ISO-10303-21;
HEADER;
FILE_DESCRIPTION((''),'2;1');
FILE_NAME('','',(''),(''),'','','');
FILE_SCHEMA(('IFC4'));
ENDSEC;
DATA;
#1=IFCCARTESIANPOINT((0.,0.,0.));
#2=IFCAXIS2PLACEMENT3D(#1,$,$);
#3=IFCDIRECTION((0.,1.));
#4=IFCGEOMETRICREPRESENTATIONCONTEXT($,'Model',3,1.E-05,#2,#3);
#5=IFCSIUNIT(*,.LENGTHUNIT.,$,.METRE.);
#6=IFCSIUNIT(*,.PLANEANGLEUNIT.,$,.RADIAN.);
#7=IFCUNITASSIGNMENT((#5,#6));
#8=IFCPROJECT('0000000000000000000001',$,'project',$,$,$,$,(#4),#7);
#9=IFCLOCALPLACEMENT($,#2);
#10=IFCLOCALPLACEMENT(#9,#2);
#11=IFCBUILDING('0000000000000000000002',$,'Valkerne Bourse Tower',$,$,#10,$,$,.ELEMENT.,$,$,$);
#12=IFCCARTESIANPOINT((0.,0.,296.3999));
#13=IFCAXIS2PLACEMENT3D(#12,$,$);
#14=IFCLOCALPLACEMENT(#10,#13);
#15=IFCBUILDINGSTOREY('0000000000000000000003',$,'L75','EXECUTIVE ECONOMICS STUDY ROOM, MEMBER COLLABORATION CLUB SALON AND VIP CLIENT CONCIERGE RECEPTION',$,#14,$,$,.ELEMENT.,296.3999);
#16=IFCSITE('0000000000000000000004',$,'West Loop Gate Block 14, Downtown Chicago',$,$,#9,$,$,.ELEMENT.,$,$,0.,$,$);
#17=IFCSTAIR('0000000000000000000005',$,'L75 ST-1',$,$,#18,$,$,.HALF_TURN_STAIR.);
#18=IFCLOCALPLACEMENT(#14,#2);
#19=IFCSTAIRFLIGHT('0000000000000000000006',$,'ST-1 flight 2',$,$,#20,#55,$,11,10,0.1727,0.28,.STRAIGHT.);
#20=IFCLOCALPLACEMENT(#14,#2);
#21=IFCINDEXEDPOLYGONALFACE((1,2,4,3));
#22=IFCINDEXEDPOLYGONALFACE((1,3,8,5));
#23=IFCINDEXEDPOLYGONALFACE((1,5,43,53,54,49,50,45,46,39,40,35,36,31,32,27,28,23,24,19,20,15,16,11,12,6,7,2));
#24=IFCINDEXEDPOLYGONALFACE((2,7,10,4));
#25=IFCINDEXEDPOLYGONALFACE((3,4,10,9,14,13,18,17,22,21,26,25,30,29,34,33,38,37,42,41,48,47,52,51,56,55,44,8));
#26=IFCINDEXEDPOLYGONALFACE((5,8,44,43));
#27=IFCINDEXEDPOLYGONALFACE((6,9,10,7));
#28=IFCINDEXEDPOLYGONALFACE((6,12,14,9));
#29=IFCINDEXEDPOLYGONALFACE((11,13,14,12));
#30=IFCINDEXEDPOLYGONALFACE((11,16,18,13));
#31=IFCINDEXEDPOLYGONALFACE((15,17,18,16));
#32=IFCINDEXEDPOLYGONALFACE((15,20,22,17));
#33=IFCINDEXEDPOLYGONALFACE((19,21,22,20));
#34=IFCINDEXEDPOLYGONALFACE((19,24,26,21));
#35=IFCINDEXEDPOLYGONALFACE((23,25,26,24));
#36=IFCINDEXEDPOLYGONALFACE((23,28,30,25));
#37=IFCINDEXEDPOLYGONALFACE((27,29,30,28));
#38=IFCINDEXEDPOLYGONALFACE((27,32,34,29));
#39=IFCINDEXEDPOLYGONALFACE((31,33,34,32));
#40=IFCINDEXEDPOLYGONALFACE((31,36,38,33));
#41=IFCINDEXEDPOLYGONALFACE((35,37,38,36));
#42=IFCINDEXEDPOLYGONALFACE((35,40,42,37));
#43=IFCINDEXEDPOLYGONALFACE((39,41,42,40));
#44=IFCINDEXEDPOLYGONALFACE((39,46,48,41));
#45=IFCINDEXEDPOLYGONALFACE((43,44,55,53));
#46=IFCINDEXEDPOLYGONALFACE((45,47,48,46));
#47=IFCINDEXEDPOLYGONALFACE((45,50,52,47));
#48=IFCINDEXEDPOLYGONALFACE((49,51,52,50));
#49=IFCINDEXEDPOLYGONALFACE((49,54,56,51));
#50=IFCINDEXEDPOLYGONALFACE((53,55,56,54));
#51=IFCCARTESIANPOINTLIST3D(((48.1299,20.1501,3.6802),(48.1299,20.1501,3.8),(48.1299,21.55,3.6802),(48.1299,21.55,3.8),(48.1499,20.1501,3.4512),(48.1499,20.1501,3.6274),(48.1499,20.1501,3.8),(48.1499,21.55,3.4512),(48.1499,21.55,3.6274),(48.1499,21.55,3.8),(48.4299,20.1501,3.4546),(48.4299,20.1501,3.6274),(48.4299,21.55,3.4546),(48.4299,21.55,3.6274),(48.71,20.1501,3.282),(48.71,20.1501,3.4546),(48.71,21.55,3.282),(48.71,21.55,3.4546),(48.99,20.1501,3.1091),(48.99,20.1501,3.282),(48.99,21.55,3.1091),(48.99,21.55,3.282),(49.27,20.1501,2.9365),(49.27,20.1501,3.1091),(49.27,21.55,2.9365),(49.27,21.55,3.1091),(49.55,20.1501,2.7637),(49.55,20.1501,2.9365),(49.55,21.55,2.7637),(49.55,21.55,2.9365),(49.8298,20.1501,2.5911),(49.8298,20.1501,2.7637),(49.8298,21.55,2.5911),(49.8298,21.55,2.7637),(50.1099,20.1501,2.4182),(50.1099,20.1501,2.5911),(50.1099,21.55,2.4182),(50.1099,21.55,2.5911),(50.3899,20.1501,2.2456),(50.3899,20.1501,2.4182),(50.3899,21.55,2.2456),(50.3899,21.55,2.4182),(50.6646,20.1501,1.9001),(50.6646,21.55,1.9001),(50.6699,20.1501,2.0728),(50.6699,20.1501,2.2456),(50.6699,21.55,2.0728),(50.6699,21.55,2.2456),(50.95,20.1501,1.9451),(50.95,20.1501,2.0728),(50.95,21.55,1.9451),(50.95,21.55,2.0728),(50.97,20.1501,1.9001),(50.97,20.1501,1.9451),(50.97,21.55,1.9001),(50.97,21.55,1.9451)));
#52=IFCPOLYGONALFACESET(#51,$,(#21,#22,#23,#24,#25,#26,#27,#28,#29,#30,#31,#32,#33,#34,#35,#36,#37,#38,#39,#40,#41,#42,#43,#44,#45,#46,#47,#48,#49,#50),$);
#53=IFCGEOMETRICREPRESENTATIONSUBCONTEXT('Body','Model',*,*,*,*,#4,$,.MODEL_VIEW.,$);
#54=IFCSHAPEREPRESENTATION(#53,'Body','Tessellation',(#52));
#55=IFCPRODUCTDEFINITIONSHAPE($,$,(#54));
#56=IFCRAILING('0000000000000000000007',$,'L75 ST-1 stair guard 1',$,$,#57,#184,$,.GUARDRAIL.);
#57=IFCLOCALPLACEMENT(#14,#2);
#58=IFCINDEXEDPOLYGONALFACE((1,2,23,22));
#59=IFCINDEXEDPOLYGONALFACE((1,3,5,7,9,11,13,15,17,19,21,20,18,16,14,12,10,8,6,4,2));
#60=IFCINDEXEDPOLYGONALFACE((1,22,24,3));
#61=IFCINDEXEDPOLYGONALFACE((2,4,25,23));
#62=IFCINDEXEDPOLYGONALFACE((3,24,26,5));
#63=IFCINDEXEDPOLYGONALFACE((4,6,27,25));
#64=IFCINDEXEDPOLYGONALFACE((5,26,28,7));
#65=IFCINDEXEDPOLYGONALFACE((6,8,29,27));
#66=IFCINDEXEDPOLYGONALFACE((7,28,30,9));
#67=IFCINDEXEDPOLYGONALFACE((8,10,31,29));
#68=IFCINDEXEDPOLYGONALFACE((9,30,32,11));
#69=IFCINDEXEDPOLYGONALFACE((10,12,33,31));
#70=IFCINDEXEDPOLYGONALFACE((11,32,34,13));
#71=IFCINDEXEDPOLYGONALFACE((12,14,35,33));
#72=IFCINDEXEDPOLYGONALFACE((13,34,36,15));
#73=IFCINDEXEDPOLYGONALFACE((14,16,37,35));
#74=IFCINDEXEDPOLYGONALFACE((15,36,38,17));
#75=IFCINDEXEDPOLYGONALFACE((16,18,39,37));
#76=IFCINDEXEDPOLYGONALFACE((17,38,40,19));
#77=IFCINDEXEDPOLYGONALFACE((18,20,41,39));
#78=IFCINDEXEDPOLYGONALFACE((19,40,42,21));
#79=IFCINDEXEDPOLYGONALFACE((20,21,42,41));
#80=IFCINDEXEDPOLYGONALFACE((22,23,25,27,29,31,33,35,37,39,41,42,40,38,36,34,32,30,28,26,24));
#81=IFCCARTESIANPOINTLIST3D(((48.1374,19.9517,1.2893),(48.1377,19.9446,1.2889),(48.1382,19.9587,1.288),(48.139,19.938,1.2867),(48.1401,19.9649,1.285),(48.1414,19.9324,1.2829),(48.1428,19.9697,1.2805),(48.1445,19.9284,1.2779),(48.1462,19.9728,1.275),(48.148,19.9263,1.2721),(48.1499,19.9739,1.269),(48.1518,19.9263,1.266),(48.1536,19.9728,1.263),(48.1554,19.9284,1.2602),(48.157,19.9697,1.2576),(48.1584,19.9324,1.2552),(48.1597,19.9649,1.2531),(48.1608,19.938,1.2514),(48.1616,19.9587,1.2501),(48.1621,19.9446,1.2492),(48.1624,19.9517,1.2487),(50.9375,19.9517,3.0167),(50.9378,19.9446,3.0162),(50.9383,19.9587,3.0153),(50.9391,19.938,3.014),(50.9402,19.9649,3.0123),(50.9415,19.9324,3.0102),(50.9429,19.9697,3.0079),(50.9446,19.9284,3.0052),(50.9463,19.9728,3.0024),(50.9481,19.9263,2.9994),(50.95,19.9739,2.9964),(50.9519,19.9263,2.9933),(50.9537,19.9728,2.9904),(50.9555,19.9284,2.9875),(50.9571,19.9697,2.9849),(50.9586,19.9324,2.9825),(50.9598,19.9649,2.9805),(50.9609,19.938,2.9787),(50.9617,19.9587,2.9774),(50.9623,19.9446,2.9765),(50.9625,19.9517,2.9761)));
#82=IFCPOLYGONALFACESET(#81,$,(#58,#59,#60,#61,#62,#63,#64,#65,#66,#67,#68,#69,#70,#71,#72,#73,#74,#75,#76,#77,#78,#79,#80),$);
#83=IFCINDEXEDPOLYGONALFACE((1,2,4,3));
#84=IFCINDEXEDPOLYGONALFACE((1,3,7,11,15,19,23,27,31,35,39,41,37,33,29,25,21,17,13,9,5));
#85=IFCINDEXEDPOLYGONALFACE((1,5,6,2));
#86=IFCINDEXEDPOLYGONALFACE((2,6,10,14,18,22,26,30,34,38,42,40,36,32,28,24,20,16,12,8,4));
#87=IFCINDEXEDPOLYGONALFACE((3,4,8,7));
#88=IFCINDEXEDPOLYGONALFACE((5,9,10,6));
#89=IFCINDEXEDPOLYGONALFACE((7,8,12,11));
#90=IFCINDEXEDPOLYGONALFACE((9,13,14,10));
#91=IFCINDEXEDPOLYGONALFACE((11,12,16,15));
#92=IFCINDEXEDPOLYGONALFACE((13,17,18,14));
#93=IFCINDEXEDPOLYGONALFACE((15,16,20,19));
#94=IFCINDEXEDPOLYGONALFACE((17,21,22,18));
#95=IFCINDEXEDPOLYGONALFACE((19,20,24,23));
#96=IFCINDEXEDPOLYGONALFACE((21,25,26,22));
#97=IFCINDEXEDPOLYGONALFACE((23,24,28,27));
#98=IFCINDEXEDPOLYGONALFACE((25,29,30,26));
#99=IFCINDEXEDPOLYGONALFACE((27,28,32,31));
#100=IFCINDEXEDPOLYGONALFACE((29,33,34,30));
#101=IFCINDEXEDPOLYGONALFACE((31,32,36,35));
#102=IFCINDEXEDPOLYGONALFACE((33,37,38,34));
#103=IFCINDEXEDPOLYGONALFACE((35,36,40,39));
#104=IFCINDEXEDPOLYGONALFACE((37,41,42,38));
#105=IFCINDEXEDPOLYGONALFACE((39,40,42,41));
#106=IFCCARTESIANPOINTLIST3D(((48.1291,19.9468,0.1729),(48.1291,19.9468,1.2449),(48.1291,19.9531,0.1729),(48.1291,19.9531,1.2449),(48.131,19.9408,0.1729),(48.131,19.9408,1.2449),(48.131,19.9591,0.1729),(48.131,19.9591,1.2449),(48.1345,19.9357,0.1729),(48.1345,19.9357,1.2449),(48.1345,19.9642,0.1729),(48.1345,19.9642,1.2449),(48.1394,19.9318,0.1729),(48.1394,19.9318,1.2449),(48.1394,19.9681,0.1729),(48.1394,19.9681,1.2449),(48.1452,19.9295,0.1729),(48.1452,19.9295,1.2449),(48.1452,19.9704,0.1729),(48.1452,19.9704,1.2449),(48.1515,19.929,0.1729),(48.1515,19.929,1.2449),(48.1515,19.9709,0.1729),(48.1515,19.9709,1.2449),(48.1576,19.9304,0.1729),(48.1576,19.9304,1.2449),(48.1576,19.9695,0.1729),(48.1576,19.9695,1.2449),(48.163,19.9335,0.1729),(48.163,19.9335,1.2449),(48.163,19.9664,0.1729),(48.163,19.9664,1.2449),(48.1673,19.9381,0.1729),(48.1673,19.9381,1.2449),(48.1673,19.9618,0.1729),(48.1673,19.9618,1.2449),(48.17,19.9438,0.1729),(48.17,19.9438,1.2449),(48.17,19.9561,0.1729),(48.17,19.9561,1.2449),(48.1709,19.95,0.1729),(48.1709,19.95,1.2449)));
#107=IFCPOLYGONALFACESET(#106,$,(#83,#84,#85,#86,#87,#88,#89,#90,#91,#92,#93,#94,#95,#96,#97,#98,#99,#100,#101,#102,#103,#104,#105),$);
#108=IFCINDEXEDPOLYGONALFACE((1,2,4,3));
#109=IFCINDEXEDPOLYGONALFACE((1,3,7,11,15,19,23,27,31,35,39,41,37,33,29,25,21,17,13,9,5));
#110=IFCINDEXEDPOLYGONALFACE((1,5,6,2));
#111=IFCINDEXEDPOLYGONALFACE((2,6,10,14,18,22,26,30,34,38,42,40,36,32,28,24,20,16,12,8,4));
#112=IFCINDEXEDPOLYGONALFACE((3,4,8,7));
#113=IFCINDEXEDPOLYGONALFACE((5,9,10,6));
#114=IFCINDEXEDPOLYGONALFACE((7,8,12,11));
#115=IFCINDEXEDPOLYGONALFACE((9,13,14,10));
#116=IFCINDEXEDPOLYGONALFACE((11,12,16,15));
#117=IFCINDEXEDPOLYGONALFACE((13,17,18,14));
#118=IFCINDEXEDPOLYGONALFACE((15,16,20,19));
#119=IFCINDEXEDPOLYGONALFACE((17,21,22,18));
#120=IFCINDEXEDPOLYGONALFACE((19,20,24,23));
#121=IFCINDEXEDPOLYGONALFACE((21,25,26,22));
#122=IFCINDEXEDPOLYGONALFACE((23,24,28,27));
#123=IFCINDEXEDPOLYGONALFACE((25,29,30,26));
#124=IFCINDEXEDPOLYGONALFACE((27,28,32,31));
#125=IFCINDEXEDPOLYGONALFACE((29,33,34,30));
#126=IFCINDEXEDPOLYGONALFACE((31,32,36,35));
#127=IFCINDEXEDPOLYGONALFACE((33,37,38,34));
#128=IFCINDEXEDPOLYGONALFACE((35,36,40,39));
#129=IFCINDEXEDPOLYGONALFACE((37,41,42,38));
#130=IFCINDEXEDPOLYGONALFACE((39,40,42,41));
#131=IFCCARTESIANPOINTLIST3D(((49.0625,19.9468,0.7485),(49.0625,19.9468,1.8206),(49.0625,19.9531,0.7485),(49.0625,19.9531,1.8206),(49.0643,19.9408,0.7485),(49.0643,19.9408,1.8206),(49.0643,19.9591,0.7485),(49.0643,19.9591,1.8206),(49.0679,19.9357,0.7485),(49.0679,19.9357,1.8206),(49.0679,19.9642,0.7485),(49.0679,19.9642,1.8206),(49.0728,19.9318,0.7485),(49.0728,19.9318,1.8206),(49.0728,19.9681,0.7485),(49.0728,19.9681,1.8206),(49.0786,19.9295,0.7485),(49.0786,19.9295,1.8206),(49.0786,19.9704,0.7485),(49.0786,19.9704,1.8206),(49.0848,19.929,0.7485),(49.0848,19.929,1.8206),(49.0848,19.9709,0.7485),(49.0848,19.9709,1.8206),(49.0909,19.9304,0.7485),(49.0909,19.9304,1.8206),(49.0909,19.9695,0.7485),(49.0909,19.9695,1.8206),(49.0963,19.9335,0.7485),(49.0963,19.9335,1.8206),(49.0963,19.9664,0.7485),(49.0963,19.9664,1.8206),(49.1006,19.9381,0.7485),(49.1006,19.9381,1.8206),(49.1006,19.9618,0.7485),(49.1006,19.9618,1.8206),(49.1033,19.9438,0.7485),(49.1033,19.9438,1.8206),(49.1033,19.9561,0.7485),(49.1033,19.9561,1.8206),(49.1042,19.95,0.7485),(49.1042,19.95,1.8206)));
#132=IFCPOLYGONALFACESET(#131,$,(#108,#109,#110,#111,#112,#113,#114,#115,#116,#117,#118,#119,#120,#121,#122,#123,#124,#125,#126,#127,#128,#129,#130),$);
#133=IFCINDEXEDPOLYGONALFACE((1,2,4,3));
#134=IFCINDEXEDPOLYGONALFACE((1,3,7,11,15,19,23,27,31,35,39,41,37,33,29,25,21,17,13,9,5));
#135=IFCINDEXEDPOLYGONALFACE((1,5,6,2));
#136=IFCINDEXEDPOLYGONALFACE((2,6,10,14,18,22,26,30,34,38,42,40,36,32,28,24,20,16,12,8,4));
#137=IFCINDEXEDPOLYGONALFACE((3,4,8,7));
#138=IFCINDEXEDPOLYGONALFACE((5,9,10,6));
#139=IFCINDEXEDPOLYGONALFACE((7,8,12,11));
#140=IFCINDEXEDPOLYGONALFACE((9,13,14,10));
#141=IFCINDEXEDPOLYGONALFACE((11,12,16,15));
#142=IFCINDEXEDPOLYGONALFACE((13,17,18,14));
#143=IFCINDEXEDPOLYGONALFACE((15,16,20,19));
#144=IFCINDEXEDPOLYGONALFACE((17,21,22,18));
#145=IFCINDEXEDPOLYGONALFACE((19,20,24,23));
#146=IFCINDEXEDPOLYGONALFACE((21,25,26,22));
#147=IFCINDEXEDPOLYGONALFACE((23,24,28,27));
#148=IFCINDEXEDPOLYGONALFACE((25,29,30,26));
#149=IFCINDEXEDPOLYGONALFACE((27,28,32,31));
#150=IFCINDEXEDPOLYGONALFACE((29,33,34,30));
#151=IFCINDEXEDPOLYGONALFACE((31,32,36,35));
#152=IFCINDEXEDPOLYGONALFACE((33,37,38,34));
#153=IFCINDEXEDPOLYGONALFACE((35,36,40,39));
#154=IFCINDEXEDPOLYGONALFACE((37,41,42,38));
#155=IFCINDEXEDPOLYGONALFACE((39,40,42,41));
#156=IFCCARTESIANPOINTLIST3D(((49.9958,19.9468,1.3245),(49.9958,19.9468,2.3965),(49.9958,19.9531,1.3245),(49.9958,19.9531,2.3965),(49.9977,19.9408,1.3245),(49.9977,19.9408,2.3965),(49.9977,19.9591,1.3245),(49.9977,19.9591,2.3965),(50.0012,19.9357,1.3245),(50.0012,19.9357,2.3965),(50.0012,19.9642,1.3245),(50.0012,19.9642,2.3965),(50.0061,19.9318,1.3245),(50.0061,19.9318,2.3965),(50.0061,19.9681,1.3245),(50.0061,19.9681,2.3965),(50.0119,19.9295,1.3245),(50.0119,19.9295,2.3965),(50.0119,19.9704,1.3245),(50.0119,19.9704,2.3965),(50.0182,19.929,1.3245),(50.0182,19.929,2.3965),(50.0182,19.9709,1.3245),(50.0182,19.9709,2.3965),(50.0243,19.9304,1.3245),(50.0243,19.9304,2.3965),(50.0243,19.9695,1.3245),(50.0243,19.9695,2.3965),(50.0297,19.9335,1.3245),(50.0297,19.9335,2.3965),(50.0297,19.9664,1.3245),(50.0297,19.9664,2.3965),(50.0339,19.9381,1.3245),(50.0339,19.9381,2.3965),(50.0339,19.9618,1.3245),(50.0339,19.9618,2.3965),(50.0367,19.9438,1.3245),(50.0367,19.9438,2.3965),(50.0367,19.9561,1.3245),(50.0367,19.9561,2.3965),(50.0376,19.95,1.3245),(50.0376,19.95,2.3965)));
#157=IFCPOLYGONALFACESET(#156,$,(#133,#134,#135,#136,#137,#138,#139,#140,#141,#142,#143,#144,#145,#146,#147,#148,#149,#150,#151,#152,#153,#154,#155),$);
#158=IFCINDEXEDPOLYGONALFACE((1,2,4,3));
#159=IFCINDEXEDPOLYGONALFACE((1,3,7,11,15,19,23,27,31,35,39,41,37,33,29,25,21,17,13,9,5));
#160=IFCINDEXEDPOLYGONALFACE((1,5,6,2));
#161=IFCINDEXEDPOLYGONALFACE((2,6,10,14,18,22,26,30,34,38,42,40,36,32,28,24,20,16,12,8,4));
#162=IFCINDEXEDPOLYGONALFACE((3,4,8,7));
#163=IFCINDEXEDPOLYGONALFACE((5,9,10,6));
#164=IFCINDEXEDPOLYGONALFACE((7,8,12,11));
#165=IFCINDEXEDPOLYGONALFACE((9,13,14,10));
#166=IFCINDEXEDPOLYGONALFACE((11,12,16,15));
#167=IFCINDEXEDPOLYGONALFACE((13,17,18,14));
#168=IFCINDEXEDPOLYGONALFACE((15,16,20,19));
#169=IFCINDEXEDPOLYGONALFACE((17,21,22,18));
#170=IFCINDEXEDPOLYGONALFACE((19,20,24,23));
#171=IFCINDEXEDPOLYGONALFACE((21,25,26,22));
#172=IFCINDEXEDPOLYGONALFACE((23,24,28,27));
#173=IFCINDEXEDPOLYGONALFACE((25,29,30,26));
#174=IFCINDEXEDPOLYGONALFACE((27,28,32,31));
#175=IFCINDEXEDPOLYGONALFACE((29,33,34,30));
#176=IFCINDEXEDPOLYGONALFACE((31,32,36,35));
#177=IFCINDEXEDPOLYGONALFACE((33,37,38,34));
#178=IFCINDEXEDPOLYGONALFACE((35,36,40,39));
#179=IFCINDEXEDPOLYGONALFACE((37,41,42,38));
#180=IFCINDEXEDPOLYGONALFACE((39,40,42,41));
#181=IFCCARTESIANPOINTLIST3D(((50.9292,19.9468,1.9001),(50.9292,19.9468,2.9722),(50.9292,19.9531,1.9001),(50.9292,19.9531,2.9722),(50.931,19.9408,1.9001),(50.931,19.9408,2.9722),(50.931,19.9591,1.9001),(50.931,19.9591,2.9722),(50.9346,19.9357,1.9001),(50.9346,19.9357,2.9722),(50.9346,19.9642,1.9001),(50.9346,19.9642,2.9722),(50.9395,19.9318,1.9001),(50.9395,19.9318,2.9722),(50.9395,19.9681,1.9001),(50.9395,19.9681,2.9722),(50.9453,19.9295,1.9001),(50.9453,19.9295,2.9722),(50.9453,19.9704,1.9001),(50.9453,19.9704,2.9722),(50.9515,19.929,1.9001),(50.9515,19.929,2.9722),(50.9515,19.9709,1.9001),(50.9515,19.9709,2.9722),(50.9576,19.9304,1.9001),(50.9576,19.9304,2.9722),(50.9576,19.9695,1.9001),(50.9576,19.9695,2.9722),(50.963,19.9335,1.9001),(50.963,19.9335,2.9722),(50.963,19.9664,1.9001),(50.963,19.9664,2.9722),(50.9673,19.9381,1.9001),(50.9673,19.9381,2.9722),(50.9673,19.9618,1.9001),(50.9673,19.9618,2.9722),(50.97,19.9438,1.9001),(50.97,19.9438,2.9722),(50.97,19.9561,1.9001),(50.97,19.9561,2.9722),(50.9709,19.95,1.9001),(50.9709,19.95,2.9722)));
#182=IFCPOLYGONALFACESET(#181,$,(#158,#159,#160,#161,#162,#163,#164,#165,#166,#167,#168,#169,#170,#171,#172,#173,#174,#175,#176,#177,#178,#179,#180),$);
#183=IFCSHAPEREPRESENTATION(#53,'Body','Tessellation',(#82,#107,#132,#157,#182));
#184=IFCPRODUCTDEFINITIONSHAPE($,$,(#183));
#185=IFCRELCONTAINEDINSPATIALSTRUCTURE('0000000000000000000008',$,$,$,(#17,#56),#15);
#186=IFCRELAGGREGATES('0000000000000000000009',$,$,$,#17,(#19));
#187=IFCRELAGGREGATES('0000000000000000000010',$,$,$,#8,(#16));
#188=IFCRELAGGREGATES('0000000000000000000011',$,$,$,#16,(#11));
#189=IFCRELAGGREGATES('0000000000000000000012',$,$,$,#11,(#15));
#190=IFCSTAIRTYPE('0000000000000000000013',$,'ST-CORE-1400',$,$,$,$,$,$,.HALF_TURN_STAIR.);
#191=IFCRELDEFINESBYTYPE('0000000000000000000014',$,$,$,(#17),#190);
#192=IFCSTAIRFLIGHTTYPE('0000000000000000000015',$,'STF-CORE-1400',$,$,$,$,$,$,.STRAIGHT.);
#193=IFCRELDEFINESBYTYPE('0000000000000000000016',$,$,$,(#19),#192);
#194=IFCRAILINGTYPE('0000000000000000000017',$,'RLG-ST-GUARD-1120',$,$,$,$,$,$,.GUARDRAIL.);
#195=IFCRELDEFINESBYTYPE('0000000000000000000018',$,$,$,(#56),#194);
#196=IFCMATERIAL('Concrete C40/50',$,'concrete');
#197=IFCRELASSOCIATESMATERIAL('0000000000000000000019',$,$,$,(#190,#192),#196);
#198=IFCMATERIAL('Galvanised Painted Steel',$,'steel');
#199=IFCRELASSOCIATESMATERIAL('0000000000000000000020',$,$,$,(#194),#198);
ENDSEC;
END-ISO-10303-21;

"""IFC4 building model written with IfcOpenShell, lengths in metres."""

from ifc_helpers import new_model, si_unit, direction, frame, origin, origin_2d, place, context, subcontext, project, spatial, polyline, circle, outline, extrude, material, type_object, element, aggregate, save


model = new_model("IFC4")

# Units and contexts
model_context = context("Model", 3, precision=1e-05, world=origin(), true_north=direction((0.0, 1.0)))
body_context = subcontext(model_context, "Body", "Model", "MODEL_VIEW")
ifc_project = project(units=[si_unit("LENGTHUNIT", "METRE"), si_unit("PLANEANGLEUNIT", "RADIAN")], contexts=[model_context])

# Site, building, storey
site_placement = place(None, origin())
site = spatial("IfcSite", under=ifc_project, at=site_placement, Name="West Loop Gate Block 14, Downtown Chicago", CompositionType="ELEMENT", RefElevation=0.0)
building_placement = place(site_placement, origin())
building = spatial("IfcBuilding", under=site, at=building_placement, Name="Valkerne Bourse Tower", CompositionType="ELEMENT")
storey_placement = place(building_placement, frame((0.0, 0.0, 296.3999)))
storey = spatial("IfcBuildingStorey", under=building, at=storey_placement, Name="L75", Description="EXECUTIVE ECONOMICS STUDY ROOM, MEMBER COLLABORATION CLUB SALON AND VIP CLIENT CONCIERGE RECEPTION", CompositionType="ELEMENT", Elevation=296.3999)

# Shared definitions
ifc_material_1 = material(Name="Galvanised Painted Steel", Category="steel")

# Shared definitions
ifc_material_2 = material(Name="Concrete C40/50", Category="concrete")

# Stair, stair flight
stair_type = type_object("IfcStairType", Name="ST-CORE-1400", PredefinedType="HALF_TURN_STAIR", material=ifc_material_2)
stair_placement = place(storey_placement, origin())
stair = element("IfcStair", 1, at=stair_placement, inside=storey, type_object=stair_type, Name="L75 ST-1", PredefinedType="HALF_TURN_STAIR")
stair_flight_type = type_object("IfcStairFlightType", Name="STF-CORE-1400", PredefinedType="STRAIGHT", material=ifc_material_2)
stair_flight_1_placement = place(storey_placement, frame((50.95, 20.8501, 1.9001), z_axis=(0.0, 0.0, 1.0), x_axis=(-1.0, 0.0, 0.0)))
stair_flight_1 = element("IfcStairFlight", 2, at=stair_flight_1_placement, type_object=stair_flight_type, Name="ST-1 flight 2", NumberOfRisers=11, NumberOfTreads=10, PredefinedType="STRAIGHT", RiserHeight=0.1727, TreadLength=0.28, context=body_context, shape_type="SweptSolid", body=[
    extrude(outline(polyline([(-0.02, 0.0), (-0.02, 0.0449), (0.0, 0.0449), (0.0, 0.1726), (0.28, 0.1726), (0.28, 0.3455), (0.5601, 0.3455), (0.5601, 0.5181), (0.8401, 0.5181), (0.8401, 0.6909), (1.1201, 0.6909), (1.1201, 0.8635), (1.3999, 0.8635), (1.3999, 1.0364), (1.6799, 1.0364), (1.6799, 1.209), (1.96, 1.209), (1.96, 1.3818), (2.24, 1.3818), (2.24, 1.5544), (2.52, 1.5544), (2.52, 1.7273), (2.8, 1.7273), (2.8, 1.8999), (2.8201, 1.8999), (2.8201, 1.78), (2.8, 1.551), (0.2854, 0.0), (-0.02, 0.0)])), frame((0.0, 0.7, 0.0), z_axis=(0.0, -1.0, 0.0), x_axis=(1.0, 0.0, 0.0)), (0.0, 0.0, 1.0), 1.3999),
])
aggregate(stair, [stair_flight_1])

# Railing
railing_type_1 = type_object("IfcRailingType", Name="RLG-ST-GUARD-1120", PredefinedType="GUARDRAIL", material=ifc_material_1)
railing_1_placement = place(storey_placement, frame((48.1499, 19.95, 0.1729)))
element("IfcRailing", 3, at=railing_1_placement, inside=storey, type_object=railing_type_1, Name="L75 ST-1 stair guard 1", PredefinedType="GUARDRAIL", context=body_context, shape_type="SweptSolid", body=[
    extrude(circle(Radius=0.0239, at=origin_2d()), frame((0.0, 0.0, 1.0962), z_axis=(0.85109, 0.0, 0.52502), x_axis=(0.0, 1.0, 0.0)), (0.0, 0.0, 1.0), 3.29),
    extrude(circle(Radius=0.021, at=origin_2d()), origin(), (0.0, 0.0, 1.0), 1.072),
    extrude(circle(Radius=0.021, at=origin_2d()), frame((0.9333, 0.0, 0.5757)), (0.0, 0.0, 1.0), 1.072),
    extrude(circle(Radius=0.021, at=origin_2d()), frame((1.8667, 0.0, 1.1516)), (0.0, 0.0, 1.0), 1.072),
    extrude(circle(Radius=0.021, at=origin_2d()), frame((2.8, 0.0, 1.7273)), (0.0, 0.0, 1.0), 1.072),
])

save(model, "model.ifc")
